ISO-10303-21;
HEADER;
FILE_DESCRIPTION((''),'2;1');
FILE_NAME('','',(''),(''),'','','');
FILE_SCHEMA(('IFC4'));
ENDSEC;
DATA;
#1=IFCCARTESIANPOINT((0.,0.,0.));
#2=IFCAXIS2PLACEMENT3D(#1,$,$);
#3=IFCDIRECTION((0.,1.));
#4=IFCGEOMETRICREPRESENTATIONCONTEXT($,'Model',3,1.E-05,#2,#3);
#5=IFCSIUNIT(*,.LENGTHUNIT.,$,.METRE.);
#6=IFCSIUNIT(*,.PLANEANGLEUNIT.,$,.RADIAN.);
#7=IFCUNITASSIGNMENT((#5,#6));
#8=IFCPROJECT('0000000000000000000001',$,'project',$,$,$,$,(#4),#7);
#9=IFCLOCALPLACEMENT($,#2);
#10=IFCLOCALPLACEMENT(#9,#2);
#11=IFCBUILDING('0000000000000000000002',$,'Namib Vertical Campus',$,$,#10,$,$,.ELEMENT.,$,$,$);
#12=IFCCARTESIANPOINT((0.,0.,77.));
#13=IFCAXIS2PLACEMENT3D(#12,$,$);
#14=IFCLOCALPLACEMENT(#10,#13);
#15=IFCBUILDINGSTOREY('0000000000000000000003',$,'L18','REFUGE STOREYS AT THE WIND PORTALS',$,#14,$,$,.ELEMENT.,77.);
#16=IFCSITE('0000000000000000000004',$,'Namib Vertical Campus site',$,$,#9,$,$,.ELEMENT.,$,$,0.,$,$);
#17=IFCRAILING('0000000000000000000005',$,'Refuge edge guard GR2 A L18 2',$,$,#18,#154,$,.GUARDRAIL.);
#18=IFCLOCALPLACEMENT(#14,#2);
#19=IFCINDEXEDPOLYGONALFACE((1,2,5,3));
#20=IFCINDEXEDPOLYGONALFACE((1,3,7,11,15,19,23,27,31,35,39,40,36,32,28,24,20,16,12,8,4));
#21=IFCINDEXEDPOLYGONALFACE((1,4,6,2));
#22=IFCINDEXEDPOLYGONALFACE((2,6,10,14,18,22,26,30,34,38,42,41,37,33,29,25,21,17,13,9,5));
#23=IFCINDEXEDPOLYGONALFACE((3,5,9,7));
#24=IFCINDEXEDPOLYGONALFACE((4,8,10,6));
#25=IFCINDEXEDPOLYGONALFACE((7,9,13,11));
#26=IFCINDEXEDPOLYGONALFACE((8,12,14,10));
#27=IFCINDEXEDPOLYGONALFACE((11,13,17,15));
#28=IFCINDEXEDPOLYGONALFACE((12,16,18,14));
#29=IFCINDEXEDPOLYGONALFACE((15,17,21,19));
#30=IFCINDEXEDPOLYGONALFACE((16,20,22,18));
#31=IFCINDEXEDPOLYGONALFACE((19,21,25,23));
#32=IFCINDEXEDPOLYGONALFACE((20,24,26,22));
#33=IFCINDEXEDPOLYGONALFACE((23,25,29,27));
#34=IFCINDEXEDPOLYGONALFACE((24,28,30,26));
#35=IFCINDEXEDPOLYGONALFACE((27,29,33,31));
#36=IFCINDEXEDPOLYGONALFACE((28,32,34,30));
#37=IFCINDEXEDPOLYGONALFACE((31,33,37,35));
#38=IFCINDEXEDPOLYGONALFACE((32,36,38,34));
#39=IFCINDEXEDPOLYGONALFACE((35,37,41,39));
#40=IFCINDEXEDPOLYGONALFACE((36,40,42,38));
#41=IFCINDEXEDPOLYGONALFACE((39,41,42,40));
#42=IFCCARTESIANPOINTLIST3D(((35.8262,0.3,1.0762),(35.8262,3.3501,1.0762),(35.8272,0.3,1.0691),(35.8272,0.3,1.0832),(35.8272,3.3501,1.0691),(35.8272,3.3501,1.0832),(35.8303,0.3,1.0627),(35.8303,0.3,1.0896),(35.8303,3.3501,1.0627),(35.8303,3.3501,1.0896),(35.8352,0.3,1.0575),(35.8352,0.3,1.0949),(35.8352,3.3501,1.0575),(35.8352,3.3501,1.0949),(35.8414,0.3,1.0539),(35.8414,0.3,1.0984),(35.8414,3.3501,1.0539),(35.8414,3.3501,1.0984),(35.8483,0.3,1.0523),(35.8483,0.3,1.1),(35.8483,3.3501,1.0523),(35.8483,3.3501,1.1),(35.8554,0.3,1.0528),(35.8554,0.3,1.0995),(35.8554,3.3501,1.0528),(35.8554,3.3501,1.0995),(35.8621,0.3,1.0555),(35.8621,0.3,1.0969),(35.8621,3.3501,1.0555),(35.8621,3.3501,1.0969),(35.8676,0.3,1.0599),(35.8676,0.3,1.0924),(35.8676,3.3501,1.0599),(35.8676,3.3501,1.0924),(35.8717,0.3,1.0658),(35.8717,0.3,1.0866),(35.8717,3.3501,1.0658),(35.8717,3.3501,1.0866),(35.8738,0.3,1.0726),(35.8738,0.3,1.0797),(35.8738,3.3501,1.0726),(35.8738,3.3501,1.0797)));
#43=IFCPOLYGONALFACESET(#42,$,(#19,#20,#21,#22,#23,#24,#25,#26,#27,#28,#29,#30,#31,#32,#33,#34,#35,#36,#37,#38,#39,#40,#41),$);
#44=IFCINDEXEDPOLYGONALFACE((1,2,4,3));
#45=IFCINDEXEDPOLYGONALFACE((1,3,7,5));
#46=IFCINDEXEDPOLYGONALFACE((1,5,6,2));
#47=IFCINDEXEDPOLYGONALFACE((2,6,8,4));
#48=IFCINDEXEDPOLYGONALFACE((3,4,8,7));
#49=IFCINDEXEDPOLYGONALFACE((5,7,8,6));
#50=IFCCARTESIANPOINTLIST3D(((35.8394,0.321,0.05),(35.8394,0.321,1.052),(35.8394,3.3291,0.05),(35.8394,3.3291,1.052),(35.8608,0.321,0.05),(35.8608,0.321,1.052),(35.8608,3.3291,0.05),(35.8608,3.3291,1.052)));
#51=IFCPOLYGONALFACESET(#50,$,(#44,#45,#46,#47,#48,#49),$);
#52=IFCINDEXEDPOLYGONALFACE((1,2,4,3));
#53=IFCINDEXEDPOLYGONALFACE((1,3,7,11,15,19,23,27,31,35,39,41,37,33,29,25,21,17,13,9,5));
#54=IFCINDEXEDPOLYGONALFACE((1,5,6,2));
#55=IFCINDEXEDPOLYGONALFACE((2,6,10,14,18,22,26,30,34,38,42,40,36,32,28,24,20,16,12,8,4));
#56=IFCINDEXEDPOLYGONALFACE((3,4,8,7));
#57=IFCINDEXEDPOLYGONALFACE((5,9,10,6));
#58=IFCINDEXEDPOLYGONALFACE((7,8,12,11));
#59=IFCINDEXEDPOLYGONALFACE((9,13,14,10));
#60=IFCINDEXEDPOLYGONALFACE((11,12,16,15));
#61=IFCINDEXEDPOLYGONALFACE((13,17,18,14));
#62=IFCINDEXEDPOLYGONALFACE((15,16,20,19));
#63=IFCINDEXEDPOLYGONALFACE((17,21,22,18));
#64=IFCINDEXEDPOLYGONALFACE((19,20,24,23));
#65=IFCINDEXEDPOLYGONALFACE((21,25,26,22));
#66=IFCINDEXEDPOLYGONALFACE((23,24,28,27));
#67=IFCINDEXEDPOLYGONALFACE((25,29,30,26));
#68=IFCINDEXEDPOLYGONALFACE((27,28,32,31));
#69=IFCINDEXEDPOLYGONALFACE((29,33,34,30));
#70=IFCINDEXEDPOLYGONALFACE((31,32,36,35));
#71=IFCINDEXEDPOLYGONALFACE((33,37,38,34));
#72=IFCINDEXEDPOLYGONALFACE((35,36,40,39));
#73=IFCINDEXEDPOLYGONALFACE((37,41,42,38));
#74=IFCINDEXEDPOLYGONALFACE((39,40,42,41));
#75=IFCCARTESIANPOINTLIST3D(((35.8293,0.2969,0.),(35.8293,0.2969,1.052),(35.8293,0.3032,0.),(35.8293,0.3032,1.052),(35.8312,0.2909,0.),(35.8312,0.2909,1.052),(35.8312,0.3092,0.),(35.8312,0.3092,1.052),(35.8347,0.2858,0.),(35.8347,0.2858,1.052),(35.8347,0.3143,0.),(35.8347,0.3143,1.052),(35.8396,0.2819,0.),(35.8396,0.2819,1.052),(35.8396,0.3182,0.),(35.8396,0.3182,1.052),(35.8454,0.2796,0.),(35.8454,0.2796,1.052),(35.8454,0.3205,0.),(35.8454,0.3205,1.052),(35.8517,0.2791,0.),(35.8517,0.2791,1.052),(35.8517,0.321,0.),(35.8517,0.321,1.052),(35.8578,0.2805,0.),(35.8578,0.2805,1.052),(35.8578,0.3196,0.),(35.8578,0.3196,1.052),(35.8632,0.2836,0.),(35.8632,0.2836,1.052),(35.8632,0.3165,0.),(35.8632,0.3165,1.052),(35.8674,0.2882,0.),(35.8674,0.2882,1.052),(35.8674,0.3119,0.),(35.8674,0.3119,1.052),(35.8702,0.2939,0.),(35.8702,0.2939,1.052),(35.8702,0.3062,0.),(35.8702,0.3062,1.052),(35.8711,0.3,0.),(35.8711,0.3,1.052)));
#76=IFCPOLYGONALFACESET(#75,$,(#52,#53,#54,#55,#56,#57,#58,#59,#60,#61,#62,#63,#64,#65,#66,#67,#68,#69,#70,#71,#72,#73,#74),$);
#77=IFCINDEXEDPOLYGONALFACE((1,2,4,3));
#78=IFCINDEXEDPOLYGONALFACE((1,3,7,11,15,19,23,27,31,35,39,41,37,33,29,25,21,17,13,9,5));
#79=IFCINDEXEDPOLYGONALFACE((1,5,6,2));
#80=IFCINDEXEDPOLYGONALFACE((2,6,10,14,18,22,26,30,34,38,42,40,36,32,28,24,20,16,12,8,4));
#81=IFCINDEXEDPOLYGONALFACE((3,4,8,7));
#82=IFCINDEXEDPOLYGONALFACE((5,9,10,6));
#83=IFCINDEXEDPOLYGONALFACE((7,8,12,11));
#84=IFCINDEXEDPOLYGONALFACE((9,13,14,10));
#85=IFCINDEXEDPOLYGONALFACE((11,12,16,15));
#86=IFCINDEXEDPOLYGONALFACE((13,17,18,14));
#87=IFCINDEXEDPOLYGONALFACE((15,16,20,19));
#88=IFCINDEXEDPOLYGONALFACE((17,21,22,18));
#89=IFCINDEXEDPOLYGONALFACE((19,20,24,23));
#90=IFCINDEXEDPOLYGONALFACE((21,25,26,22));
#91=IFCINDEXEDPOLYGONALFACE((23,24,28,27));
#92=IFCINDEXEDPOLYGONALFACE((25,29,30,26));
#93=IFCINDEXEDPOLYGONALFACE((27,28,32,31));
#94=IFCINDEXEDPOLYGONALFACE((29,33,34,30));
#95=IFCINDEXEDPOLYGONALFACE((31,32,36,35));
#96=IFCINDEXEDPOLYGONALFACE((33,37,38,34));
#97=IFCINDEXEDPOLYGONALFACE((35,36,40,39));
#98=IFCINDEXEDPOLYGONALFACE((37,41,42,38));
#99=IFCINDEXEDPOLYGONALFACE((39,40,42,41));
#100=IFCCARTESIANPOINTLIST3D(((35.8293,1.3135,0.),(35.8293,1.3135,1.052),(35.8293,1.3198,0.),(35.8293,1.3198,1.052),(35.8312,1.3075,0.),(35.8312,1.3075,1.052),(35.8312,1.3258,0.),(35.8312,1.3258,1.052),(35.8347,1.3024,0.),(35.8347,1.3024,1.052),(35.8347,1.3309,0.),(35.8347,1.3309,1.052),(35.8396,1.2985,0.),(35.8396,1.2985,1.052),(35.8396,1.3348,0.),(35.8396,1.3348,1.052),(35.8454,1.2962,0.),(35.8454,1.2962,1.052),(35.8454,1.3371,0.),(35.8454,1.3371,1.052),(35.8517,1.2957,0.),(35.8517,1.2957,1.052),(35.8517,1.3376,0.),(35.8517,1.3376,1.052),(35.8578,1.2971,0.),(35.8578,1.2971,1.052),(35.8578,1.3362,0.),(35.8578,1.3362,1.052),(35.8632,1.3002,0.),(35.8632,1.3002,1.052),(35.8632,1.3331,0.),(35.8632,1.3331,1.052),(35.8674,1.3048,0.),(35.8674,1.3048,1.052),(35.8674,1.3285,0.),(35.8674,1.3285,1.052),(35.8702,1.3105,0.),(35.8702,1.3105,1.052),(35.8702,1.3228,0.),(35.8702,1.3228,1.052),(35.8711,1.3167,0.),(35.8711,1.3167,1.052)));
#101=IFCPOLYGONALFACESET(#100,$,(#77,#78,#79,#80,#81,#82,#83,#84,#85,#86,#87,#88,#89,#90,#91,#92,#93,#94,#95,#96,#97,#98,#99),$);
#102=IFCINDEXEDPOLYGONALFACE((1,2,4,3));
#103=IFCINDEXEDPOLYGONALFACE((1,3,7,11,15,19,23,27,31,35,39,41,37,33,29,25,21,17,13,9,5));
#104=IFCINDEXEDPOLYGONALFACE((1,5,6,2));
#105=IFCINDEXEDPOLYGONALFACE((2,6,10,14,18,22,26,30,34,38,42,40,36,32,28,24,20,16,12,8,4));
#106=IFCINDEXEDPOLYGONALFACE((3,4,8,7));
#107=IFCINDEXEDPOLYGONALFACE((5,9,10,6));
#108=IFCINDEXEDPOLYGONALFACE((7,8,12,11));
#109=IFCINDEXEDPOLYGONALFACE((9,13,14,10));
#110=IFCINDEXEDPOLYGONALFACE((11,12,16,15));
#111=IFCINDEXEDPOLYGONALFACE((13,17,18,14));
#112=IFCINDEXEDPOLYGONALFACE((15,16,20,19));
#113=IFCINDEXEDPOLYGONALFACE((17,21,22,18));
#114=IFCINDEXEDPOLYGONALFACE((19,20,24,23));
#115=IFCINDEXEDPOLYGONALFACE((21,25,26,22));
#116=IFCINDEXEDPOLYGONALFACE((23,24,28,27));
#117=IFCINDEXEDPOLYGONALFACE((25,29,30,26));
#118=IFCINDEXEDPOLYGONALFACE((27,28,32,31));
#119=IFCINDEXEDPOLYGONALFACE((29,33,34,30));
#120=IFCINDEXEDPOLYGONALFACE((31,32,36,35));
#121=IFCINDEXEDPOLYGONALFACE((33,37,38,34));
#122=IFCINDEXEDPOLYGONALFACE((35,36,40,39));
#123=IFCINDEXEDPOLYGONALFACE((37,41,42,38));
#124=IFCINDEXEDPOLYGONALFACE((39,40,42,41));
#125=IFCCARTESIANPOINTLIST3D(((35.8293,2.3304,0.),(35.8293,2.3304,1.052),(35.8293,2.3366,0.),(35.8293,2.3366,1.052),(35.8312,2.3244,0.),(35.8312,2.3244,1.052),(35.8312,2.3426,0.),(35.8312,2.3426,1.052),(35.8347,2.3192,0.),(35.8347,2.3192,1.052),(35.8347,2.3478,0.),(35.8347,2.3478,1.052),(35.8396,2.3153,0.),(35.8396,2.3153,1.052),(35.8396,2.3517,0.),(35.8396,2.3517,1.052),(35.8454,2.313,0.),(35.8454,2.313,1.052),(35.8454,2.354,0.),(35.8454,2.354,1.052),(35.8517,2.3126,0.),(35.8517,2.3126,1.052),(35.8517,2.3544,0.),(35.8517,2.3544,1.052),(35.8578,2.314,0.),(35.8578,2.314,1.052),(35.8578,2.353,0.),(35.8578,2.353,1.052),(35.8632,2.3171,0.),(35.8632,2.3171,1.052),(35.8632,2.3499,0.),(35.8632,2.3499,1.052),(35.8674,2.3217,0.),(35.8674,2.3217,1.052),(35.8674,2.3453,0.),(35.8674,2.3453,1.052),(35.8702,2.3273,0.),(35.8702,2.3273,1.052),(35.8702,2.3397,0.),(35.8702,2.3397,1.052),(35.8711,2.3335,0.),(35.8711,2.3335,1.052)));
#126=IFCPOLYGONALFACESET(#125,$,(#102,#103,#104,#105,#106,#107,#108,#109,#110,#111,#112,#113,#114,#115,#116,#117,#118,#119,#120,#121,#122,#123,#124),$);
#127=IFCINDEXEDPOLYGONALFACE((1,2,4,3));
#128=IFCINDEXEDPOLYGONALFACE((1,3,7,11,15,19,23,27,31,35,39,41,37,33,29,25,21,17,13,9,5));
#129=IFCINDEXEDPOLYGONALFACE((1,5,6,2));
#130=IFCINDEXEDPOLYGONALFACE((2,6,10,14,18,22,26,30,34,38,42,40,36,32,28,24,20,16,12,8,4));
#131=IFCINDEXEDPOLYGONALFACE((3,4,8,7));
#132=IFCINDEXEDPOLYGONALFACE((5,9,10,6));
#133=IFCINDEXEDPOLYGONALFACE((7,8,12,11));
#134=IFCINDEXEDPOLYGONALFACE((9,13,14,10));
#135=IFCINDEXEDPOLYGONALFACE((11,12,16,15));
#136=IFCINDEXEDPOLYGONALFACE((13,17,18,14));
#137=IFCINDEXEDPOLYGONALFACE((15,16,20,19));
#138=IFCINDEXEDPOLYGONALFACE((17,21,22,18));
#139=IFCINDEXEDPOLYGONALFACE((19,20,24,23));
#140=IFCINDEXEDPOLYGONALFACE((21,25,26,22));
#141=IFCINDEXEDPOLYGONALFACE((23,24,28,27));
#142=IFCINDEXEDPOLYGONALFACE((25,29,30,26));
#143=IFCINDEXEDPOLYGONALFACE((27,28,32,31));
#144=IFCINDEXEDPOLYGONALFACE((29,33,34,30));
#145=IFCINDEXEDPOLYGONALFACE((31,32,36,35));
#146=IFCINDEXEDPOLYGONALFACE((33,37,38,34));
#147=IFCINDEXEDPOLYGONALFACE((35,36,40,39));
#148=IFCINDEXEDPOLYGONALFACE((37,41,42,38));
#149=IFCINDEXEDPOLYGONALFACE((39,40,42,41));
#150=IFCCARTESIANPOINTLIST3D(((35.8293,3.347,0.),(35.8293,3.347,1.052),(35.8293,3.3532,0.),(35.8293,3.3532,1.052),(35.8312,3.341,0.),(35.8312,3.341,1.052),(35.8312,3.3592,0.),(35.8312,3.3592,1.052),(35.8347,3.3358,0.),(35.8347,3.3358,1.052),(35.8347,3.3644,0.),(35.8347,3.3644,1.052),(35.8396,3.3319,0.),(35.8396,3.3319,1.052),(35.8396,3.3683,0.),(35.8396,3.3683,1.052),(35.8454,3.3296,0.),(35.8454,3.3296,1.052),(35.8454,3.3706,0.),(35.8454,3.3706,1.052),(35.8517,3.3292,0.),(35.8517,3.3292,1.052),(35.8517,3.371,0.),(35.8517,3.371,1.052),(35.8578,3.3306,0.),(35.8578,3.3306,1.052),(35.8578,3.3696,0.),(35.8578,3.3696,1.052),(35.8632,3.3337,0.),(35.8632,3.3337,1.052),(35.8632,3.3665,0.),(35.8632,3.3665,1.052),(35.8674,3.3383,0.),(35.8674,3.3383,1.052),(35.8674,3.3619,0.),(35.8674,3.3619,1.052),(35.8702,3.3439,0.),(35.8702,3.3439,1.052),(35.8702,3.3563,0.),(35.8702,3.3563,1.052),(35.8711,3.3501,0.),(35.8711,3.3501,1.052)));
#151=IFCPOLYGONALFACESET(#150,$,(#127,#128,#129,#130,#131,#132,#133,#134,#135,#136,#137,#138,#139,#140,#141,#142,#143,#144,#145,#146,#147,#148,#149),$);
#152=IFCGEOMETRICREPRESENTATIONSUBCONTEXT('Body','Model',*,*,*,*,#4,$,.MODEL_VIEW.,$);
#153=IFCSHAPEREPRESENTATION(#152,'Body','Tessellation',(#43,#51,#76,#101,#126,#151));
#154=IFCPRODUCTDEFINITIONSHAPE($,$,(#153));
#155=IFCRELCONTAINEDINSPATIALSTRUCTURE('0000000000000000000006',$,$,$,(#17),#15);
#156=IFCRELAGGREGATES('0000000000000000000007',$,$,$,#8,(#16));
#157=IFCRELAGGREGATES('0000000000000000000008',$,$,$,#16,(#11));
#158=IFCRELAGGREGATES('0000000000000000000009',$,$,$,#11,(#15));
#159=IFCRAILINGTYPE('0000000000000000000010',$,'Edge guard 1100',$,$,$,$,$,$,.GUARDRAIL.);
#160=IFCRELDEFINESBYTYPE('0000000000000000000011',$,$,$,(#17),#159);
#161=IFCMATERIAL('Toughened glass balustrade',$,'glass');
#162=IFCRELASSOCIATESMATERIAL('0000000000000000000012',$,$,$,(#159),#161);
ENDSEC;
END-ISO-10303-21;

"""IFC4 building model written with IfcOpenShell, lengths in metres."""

from ifc_helpers import new_model, si_unit, direction, frame, origin, origin_2d, place, context, subcontext, project, spatial, polyline, circle, outline, extrude, material, type_object, element, save


model = new_model("IFC4")

# Units and contexts
model_context = context("Model", 3, precision=1e-05, world=origin(), true_north=direction((0.0, 1.0)))
body_context = subcontext(model_context, "Body", "Model", "MODEL_VIEW")
ifc_project = project(units=[si_unit("LENGTHUNIT", "METRE"), si_unit("PLANEANGLEUNIT", "RADIAN")], contexts=[model_context])

# Site, building, storey
site_placement = place(None, origin())
site = spatial("IfcSite", under=ifc_project, at=site_placement, Name="Namib Vertical Campus site", CompositionType="ELEMENT", RefElevation=0.0)
building_placement = place(site_placement, origin())
building = spatial("IfcBuilding", under=site, at=building_placement, Name="Namib Vertical Campus", CompositionType="ELEMENT")
storey_placement = place(building_placement, frame((0.0, 0.0, 77.0)))
storey = spatial("IfcBuildingStorey", under=building, at=storey_placement, Name="L18", Description="REFUGE STOREYS AT THE WIND PORTALS", CompositionType="ELEMENT", Elevation=77.0)

# Railing
ifc_material_1 = material(Name="Toughened glass balustrade", Category="glass")
railing_type = type_object("IfcRailingType", Name="Edge guard 1100", PredefinedType="GUARDRAIL", material=ifc_material_1)
railing_placement = place(storey_placement, frame((35.8501, 0.3, 0.0)))
element("IfcRailing", 1, at=railing_placement, inside=storey, type_object=railing_type, Name="Refuge edge guard GR2 A L18 2", PredefinedType="GUARDRAIL", context=body_context, shape_type="SweptSolid", body=[
    extrude(circle(Radius=0.0239, at=origin_2d()), frame((0.0, 0.0, 1.0762), z_axis=(0.0, 1.0, 0.0), x_axis=(-1.0, 0.0, 0.0)), (0.0, 0.0, 1.0), 3.05),
    extrude(outline(polyline([(0.021, 0.05), (3.0291, 0.05), (3.0291, 1.052), (0.021, 1.052), (0.021, 0.05)])), frame((-0.0107, 0.0, 0.0), z_axis=(1.0, 0.0, 0.0), x_axis=(0.0, 1.0, 0.0)), (0.0, 0.0, 1.0), 0.0215),
    extrude(circle(Radius=0.021, at=origin_2d()), origin(), (0.0, 0.0, 1.0), 1.052),
    extrude(circle(Radius=0.021, at=origin_2d()), frame((0.0, 1.0166, 0.0)), (0.0, 0.0, 1.0), 1.052),
    extrude(circle(Radius=0.021, at=origin_2d()), frame((0.0, 2.0334, 0.0)), (0.0, 0.0, 1.0), 1.052),
    extrude(circle(Radius=0.021, at=origin_2d()), frame((0.0, 3.05, 0.0)), (0.0, 0.0, 1.0), 1.052),
])

save(model, "model.ifc")
